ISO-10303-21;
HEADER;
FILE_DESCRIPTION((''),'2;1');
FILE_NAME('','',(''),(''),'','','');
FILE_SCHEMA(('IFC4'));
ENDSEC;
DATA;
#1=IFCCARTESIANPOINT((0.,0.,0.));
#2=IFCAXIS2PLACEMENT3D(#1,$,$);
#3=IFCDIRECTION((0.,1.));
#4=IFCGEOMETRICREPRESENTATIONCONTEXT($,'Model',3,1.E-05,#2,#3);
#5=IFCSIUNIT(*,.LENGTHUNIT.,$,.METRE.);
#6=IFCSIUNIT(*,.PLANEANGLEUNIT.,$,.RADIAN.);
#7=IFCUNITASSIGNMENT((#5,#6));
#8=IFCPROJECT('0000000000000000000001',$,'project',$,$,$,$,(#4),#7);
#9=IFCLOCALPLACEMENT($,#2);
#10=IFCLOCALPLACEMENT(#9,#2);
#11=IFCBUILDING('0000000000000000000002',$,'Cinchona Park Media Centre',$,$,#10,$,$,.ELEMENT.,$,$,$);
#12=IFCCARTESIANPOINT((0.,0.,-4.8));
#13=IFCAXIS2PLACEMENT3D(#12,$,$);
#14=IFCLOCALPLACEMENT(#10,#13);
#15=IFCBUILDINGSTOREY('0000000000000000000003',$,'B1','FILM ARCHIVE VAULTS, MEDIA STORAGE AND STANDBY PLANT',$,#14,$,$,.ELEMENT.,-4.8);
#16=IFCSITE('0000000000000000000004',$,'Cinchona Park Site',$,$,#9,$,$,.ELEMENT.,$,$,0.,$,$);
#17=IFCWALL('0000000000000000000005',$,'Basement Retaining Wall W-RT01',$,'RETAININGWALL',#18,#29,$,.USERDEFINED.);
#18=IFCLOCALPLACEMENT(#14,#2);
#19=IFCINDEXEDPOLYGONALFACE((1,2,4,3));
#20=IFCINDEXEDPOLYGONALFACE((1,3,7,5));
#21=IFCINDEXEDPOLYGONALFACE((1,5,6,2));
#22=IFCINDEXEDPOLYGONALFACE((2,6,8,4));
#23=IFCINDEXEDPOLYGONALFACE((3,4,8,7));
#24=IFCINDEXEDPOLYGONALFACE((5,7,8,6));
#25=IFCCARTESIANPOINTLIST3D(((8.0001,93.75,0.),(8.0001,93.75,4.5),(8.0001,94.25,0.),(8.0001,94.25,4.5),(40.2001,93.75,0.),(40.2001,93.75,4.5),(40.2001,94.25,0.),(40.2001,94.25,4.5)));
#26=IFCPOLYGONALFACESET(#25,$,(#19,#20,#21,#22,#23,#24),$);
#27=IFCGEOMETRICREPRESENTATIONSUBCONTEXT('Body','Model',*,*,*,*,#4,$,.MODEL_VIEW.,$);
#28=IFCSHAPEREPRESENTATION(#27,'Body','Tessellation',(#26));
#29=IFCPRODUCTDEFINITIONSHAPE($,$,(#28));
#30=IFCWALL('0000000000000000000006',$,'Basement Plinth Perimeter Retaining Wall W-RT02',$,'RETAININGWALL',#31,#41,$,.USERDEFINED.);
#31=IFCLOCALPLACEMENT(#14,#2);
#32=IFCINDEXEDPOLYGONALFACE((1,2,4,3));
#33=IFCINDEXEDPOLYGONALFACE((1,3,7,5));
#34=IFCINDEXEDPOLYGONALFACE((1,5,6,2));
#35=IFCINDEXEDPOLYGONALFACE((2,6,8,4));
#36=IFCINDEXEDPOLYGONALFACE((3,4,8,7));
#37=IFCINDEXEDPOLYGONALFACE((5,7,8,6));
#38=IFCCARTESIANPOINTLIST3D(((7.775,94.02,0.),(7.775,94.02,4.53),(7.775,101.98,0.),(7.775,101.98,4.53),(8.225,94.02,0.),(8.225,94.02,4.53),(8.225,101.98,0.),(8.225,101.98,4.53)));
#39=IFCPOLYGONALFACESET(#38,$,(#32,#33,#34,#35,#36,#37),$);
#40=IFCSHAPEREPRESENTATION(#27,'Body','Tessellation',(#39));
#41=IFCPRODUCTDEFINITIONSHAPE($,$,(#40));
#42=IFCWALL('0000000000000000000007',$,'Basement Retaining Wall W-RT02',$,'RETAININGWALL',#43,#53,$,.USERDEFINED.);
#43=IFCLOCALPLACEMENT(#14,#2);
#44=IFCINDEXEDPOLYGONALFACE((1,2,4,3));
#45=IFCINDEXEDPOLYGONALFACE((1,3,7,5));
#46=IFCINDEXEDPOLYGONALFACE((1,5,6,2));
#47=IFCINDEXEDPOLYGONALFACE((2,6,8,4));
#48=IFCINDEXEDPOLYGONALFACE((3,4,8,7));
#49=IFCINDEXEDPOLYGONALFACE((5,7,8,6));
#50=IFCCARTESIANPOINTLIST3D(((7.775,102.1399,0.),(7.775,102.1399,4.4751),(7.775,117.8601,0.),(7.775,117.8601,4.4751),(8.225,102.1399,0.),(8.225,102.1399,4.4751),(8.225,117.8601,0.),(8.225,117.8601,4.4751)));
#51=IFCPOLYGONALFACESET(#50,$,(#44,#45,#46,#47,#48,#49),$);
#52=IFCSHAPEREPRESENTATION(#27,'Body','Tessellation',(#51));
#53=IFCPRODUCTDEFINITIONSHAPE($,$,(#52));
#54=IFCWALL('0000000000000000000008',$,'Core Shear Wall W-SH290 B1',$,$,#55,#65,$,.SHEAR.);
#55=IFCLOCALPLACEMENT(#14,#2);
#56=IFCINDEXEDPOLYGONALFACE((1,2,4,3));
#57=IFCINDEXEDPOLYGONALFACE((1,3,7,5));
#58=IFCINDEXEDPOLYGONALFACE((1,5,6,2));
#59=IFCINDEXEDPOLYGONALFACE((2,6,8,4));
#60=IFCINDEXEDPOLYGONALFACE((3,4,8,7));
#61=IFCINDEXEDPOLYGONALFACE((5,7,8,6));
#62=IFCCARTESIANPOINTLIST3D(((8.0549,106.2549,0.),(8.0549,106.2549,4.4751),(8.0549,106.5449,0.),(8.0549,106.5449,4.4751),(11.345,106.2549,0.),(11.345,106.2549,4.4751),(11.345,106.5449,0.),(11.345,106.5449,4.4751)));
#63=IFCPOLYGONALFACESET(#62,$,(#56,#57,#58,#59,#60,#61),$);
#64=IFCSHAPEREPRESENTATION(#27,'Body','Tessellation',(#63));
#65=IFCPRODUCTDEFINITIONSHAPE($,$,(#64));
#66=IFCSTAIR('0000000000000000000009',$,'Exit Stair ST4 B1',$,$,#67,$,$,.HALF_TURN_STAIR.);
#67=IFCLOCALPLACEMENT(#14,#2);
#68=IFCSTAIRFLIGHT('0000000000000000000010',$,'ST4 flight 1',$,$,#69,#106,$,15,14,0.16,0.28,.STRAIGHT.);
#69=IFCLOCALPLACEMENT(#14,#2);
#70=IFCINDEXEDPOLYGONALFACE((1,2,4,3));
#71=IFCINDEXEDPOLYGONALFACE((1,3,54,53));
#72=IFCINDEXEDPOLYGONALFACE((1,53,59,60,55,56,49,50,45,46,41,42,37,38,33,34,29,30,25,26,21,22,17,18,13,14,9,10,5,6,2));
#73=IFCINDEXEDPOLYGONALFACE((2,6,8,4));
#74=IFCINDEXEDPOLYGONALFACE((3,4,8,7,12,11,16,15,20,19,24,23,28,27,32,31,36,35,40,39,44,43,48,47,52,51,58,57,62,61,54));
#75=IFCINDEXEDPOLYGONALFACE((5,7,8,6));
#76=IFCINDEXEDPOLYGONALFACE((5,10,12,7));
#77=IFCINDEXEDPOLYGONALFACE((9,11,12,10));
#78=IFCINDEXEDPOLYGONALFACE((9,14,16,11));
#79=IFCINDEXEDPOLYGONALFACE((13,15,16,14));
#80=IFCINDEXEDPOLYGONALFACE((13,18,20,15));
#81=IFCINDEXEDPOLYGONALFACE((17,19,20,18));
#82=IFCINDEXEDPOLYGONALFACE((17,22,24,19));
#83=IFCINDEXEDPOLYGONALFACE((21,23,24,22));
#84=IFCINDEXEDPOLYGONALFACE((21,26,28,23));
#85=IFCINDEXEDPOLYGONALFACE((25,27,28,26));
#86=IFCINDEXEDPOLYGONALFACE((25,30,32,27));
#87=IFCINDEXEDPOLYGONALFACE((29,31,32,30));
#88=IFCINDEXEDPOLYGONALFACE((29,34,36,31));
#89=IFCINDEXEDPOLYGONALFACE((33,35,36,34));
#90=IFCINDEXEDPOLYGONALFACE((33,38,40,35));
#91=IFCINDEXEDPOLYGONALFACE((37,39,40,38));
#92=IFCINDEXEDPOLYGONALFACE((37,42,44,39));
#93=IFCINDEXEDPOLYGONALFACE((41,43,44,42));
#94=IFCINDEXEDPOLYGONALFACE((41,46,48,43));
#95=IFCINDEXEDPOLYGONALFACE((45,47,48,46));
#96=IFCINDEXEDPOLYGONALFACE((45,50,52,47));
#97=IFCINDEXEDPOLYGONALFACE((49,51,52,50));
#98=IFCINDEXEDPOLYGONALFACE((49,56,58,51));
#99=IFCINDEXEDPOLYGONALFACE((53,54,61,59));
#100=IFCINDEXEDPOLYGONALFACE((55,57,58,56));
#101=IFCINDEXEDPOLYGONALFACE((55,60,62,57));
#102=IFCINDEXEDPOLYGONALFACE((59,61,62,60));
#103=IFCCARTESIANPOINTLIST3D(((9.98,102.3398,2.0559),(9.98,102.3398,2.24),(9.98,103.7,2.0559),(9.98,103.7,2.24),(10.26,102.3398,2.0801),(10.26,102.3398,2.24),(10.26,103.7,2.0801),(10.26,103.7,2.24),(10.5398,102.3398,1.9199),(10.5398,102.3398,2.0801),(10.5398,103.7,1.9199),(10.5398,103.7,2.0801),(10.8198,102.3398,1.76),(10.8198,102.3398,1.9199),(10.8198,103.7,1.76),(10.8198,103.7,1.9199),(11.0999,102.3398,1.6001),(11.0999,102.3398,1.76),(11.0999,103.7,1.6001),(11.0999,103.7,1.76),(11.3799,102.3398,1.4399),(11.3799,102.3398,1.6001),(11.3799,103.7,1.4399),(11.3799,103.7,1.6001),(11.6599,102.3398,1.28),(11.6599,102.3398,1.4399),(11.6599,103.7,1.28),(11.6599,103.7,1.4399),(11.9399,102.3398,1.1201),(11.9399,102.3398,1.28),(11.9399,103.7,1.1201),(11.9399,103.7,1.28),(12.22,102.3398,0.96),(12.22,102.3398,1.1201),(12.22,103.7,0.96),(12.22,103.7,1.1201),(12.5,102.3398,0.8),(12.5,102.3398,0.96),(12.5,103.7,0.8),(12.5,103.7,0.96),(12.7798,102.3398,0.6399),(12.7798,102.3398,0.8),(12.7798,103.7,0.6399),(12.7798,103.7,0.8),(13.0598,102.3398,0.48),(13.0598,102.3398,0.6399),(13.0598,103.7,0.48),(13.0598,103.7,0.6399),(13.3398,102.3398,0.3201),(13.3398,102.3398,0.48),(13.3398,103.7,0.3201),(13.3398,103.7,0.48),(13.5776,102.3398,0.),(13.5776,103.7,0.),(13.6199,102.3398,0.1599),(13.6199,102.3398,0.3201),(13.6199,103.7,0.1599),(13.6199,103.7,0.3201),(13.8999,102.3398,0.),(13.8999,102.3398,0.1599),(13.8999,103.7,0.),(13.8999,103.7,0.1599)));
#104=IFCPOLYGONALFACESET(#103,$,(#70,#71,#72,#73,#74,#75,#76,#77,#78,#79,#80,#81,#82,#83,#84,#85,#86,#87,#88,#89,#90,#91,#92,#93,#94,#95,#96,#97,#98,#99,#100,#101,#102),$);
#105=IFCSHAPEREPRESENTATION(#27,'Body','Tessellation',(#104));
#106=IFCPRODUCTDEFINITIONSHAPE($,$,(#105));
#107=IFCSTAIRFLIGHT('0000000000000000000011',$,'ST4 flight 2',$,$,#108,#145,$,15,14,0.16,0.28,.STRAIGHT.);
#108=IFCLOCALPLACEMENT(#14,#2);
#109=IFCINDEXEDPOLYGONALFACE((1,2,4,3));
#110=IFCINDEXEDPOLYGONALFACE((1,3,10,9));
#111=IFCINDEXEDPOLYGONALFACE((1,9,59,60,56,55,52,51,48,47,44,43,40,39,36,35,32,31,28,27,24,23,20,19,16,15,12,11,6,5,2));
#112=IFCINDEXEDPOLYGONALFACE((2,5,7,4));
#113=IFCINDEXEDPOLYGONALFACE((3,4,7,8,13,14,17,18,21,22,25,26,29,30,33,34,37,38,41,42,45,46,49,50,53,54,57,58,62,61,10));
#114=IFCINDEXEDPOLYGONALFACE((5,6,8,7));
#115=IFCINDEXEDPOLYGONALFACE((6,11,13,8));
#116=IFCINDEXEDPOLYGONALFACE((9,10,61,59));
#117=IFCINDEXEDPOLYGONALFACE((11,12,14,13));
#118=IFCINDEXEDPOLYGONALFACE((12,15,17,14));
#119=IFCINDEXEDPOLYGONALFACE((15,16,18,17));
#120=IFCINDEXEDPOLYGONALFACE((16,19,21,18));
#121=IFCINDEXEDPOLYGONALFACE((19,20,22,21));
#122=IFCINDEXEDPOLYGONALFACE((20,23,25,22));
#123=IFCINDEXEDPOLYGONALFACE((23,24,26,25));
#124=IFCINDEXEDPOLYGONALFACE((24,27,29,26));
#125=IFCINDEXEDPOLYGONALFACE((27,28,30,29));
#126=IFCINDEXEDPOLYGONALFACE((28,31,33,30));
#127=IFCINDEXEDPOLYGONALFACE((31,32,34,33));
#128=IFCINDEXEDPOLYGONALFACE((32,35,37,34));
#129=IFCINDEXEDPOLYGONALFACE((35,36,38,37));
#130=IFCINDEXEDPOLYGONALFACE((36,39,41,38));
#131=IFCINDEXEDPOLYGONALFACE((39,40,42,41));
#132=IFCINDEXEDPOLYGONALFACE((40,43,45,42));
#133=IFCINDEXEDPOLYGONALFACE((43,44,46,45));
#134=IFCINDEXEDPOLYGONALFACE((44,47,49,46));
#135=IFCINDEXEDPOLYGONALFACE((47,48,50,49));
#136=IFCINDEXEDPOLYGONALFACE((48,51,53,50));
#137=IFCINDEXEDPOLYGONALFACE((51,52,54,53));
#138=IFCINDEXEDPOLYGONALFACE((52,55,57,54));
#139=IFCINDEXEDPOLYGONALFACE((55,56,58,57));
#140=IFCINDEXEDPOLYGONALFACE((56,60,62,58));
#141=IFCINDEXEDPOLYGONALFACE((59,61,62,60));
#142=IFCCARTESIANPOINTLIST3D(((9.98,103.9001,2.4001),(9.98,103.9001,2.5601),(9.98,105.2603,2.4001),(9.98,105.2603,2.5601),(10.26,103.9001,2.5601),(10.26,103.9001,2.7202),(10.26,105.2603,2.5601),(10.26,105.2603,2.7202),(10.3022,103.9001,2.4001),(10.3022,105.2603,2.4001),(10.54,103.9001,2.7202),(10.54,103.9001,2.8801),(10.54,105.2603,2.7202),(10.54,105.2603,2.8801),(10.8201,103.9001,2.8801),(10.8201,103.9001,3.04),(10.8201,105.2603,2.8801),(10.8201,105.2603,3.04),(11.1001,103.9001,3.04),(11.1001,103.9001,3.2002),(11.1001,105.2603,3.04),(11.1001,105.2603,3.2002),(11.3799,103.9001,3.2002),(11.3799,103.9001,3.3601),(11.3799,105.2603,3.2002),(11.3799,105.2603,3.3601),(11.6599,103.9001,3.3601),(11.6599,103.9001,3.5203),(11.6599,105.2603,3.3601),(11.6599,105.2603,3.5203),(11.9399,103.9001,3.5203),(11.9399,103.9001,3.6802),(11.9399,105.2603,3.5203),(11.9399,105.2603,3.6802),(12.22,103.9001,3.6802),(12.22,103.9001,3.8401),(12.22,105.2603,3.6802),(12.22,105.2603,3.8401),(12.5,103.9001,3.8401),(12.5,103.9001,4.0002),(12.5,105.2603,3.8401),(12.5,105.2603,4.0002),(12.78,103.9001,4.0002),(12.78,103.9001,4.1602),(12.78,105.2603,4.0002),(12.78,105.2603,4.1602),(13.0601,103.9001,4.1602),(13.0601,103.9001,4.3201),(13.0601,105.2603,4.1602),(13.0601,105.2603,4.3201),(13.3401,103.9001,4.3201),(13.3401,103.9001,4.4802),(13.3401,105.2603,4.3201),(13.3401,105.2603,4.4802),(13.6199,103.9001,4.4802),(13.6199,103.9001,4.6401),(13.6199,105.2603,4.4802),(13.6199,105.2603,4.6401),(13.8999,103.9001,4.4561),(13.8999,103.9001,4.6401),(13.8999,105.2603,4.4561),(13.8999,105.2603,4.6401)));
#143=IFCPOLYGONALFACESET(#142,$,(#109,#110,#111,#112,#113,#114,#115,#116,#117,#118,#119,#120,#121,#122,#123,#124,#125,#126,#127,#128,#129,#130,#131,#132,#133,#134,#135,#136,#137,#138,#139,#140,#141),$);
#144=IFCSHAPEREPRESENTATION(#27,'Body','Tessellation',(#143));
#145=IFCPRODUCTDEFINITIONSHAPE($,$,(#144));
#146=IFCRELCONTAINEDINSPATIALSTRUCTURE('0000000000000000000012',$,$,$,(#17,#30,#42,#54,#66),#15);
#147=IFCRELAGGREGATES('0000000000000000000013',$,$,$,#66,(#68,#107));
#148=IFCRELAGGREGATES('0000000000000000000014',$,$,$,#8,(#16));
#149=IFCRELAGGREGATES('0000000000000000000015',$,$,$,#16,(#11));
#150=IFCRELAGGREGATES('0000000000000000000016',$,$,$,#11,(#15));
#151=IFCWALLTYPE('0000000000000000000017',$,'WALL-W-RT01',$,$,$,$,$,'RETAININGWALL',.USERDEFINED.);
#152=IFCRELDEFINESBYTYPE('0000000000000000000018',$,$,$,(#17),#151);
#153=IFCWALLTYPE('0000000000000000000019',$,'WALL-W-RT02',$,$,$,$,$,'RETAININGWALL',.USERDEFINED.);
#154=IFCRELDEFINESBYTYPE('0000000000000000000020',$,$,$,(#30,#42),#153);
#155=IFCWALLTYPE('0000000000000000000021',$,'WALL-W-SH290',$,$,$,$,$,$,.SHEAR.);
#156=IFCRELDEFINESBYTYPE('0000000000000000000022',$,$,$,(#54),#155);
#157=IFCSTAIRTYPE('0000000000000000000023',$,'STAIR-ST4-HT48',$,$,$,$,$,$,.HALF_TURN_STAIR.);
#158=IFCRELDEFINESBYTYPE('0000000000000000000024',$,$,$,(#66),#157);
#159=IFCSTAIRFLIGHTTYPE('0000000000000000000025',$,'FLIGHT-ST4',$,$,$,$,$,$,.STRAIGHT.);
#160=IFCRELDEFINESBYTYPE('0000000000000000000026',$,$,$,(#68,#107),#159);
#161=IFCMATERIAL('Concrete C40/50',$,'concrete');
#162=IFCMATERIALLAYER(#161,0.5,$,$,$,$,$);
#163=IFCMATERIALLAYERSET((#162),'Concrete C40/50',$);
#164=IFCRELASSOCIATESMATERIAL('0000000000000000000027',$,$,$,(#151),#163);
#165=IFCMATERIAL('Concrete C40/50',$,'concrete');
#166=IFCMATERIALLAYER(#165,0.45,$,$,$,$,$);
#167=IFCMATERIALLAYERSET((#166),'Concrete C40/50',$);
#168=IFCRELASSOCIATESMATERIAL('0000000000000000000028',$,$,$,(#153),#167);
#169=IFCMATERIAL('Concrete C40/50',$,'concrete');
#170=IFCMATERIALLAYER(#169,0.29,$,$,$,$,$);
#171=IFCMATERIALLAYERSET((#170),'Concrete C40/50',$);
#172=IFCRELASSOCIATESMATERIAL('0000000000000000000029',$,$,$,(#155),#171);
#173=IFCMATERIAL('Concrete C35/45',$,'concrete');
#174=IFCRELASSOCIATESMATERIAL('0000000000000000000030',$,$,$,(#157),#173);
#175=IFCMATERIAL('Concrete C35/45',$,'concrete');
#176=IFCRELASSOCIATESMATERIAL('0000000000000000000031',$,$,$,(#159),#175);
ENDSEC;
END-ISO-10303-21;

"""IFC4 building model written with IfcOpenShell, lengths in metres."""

from ifc_helpers import new_model, si_unit, direction, frame, frame_2d, origin, place, context, subcontext, project, spatial, polyline, rectangle, outline, extrude, material, layer, layer_set, type_object, element, aggregate, save


model = new_model("IFC4")

# Units and contexts
model_context = context("Model", 3, precision=1e-05, world=origin(), true_north=direction((0.0, 1.0)))
body_context = subcontext(model_context, "Body", "Model", "MODEL_VIEW")
ifc_project = project(units=[si_unit("LENGTHUNIT", "METRE"), si_unit("PLANEANGLEUNIT", "RADIAN")], contexts=[model_context])

# Site, building, storey
site_placement = place(None, origin())
site = spatial("IfcSite", under=ifc_project, at=site_placement, Name="Cinchona Park Site", CompositionType="ELEMENT", RefElevation=0.0)
building_placement = place(site_placement, origin())
building = spatial("IfcBuilding", under=site, at=building_placement, Name="Cinchona Park Media Centre", CompositionType="ELEMENT")
storey_placement = place(building_placement, frame((0.0, 0.0, -4.8)))
storey = spatial("IfcBuildingStorey", under=building, at=storey_placement, Name="B1", Description="FILM ARCHIVE VAULTS, MEDIA STORAGE AND STANDBY PLANT", CompositionType="ELEMENT", Elevation=-4.8)

# Walls
ifc_material_1 = material(Name="Concrete C40/50", Category="concrete")
ifc_layer_1 = layer(ifc_material_1, 0.5)
ifc_layer_set_1 = layer_set([ifc_layer_1], Name="Concrete C40/50")
wall_type_1 = type_object("IfcWallType", Name="WALL-W-RT01", ElementType="RETAININGWALL", PredefinedType="USERDEFINED", material=ifc_layer_set_1)
wall_1_placement = place(storey_placement, frame((8.0, 94.0, 0.0), z_axis=(0.0, 0.0, 1.0), x_axis=(1.0, 0.0, 0.0)))
element("IfcWall", 1, at=wall_1_placement, inside=storey, type_object=wall_type_1, Name="Basement Retaining Wall W-RT01", ObjectType="RETAININGWALL", PredefinedType="USERDEFINED", context=body_context, shape_type="SweptSolid", body=[
    extrude(rectangle(XDim=32.2, YDim=0.5, at=frame_2d((16.1001, 0.0))), origin(), (0.0, 0.0, 1.0), 4.5),
])
ifc_material_2 = material(Name="Concrete C40/50", Category="concrete")
ifc_layer_2 = layer(ifc_material_2, 0.45)
ifc_layer_set_2 = layer_set([ifc_layer_2], Name="Concrete C40/50")
wall_type_2 = type_object("IfcWallType", Name="WALL-W-RT02", ElementType="RETAININGWALL", PredefinedType="USERDEFINED", material=ifc_layer_set_2)
wall_2_placement = place(storey_placement, frame((8.0, 94.02, 0.0), z_axis=(0.0, 0.0, 1.0), x_axis=(0.0, 1.0, 0.0)))
element("IfcWall", 2, at=wall_2_placement, inside=storey, type_object=wall_type_2, Name="Basement Plinth Perimeter Retaining Wall W-RT02", ObjectType="RETAININGWALL", PredefinedType="USERDEFINED", context=body_context, shape_type="SweptSolid", body=[
    extrude(rectangle(XDim=7.96, YDim=0.45, at=frame_2d((3.98, 0.0))), origin(), (0.0, 0.0, 1.0), 4.53),
])
wall_3_placement = place(storey_placement, frame((8.0, 102.1399, 0.0), z_axis=(0.0, 0.0, 1.0), x_axis=(0.0, 1.0, 0.0)))
element("IfcWall", 3, at=wall_3_placement, inside=storey, type_object=wall_type_2, Name="Basement Retaining Wall W-RT02", ObjectType="RETAININGWALL", PredefinedType="USERDEFINED", context=body_context, shape_type="SweptSolid", body=[
    extrude(rectangle(XDim=15.7202, YDim=0.45, at=frame_2d((7.8601, 0.0))), origin(), (0.0, 0.0, 1.0), 4.4751),
])
ifc_material_3 = material(Name="Concrete C40/50", Category="concrete")
ifc_layer_3 = layer(ifc_material_3, 0.29)
ifc_layer_set_3 = layer_set([ifc_layer_3], Name="Concrete C40/50")
wall_type_3 = type_object("IfcWallType", Name="WALL-W-SH290", PredefinedType="SHEAR", material=ifc_layer_set_3)
wall_4_placement = place(storey_placement, frame((8.0549, 106.3999, 0.0), z_axis=(0.0, 0.0, 1.0), x_axis=(1.0, 0.0, 0.0)))
element("IfcWall", 4, at=wall_4_placement, inside=storey, type_object=wall_type_3, Name="Core Shear Wall W-SH290 B1", PredefinedType="SHEAR", context=body_context, shape_type="SweptSolid", body=[
    extrude(rectangle(XDim=3.29, YDim=0.29, at=frame_2d((1.645, 0.0))), origin(), (0.0, 0.0, 1.0), 4.4751),
])

# Stair, stair flights
ifc_material_4 = material(Name="Concrete C35/45", Category="concrete")
stair_type = type_object("IfcStairType", Name="STAIR-ST4-HT48", PredefinedType="HALF_TURN_STAIR", material=ifc_material_4)
stair_placement = place(storey_placement, origin())
stair = element("IfcStair", 5, at=stair_placement, inside=storey, type_object=stair_type, Name="Exit Stair ST4 B1", PredefinedType="HALF_TURN_STAIR")
ifc_material_5 = material(Name="Concrete C35/45", Category="concrete")
stair_flight_type = type_object("IfcStairFlightType", Name="FLIGHT-ST4", PredefinedType="STRAIGHT", material=ifc_material_5)
stair_flight_1_placement = place(storey_placement, frame((13.8999, 103.02, 0.0), z_axis=(0.0, 0.0, 1.0), x_axis=(-1.0, 0.0, 0.0)))
stair_flight_1 = element("IfcStairFlight", 6, at=stair_flight_1_placement, type_object=stair_flight_type, Name="ST4 flight 1", NumberOfRisers=15, NumberOfTreads=14, PredefinedType="STRAIGHT", RiserHeight=0.16, TreadLength=0.28, context=body_context, shape_type="SweptSolid", body=[
    extrude(outline(polyline([(0.0, 0.0), (0.0, 0.1599), (0.28, 0.1599), (0.28, 0.3201), (0.5601, 0.3201), (0.5601, 0.48), (0.8401, 0.48), (0.8401, 0.6399), (1.1201, 0.6399), (1.1201, 0.8), (1.3999, 0.8), (1.3999, 0.96), (1.6799, 0.96), (1.6799, 1.1201), (1.96, 1.1201), (1.96, 1.28), (2.24, 1.28), (2.24, 1.4399), (2.52, 1.4399), (2.52, 1.6001), (2.8, 1.6001), (2.8, 1.76), (3.0801, 1.76), (3.0801, 1.9199), (3.3601, 1.9199), (3.3601, 2.0801), (3.6399, 2.0801), (3.6399, 2.24), (3.9199, 2.24), (3.9199, 2.3999), (3.9199, 2.0559), (0.3223, 0.0), (0.0, 0.0)])), frame((0.0, 0.6802, 0.0), z_axis=(0.0, -1.0, 0.0), x_axis=(1.0, 0.0, 0.0)), (0.0, 0.0, 1.0), 1.3601),
])
stair_flight_2_placement = place(storey_placement, frame((9.98, 104.5801, 2.4001), z_axis=(0.0, 0.0, 1.0), x_axis=(1.0, 0.0, 0.0)))
stair_flight_2 = element("IfcStairFlight", 7, at=stair_flight_2_placement, type_object=stair_flight_type, Name="ST4 flight 2", NumberOfRisers=15, NumberOfTreads=14, PredefinedType="STRAIGHT", RiserHeight=0.16, TreadLength=0.28, context=body_context, shape_type="SweptSolid", body=[
    extrude(outline(polyline([(0.0, 0.0), (0.0, 0.1599), (0.28, 0.1599), (0.28, 0.3201), (0.5601, 0.3201), (0.5601, 0.48), (0.8401, 0.48), (0.8401, 0.6399), (1.1201, 0.6399), (1.1201, 0.8), (1.3999, 0.8), (1.3999, 0.96), (1.6799, 0.96), (1.6799, 1.1201), (1.96, 1.1201), (1.96, 1.28), (2.24, 1.28), (2.24, 1.4399), (2.52, 1.4399), (2.52, 1.6001), (2.8, 1.6001), (2.8, 1.76), (3.0801, 1.76), (3.0801, 1.9199), (3.3601, 1.9199), (3.3601, 2.0801), (3.6399, 2.0801), (3.6399, 2.24), (3.9199, 2.24), (3.9199, 2.3999), (3.9199, 2.0559), (0.3223, 0.0), (0.0, 0.0)])), frame((0.0, 0.6802, 0.0), z_axis=(0.0, -1.0, 0.0), x_axis=(1.0, 0.0, 0.0)), (0.0, 0.0, 1.0), 1.3601),
])
aggregate(stair, [stair_flight_1, stair_flight_2])

save(model, "model.ifc")
